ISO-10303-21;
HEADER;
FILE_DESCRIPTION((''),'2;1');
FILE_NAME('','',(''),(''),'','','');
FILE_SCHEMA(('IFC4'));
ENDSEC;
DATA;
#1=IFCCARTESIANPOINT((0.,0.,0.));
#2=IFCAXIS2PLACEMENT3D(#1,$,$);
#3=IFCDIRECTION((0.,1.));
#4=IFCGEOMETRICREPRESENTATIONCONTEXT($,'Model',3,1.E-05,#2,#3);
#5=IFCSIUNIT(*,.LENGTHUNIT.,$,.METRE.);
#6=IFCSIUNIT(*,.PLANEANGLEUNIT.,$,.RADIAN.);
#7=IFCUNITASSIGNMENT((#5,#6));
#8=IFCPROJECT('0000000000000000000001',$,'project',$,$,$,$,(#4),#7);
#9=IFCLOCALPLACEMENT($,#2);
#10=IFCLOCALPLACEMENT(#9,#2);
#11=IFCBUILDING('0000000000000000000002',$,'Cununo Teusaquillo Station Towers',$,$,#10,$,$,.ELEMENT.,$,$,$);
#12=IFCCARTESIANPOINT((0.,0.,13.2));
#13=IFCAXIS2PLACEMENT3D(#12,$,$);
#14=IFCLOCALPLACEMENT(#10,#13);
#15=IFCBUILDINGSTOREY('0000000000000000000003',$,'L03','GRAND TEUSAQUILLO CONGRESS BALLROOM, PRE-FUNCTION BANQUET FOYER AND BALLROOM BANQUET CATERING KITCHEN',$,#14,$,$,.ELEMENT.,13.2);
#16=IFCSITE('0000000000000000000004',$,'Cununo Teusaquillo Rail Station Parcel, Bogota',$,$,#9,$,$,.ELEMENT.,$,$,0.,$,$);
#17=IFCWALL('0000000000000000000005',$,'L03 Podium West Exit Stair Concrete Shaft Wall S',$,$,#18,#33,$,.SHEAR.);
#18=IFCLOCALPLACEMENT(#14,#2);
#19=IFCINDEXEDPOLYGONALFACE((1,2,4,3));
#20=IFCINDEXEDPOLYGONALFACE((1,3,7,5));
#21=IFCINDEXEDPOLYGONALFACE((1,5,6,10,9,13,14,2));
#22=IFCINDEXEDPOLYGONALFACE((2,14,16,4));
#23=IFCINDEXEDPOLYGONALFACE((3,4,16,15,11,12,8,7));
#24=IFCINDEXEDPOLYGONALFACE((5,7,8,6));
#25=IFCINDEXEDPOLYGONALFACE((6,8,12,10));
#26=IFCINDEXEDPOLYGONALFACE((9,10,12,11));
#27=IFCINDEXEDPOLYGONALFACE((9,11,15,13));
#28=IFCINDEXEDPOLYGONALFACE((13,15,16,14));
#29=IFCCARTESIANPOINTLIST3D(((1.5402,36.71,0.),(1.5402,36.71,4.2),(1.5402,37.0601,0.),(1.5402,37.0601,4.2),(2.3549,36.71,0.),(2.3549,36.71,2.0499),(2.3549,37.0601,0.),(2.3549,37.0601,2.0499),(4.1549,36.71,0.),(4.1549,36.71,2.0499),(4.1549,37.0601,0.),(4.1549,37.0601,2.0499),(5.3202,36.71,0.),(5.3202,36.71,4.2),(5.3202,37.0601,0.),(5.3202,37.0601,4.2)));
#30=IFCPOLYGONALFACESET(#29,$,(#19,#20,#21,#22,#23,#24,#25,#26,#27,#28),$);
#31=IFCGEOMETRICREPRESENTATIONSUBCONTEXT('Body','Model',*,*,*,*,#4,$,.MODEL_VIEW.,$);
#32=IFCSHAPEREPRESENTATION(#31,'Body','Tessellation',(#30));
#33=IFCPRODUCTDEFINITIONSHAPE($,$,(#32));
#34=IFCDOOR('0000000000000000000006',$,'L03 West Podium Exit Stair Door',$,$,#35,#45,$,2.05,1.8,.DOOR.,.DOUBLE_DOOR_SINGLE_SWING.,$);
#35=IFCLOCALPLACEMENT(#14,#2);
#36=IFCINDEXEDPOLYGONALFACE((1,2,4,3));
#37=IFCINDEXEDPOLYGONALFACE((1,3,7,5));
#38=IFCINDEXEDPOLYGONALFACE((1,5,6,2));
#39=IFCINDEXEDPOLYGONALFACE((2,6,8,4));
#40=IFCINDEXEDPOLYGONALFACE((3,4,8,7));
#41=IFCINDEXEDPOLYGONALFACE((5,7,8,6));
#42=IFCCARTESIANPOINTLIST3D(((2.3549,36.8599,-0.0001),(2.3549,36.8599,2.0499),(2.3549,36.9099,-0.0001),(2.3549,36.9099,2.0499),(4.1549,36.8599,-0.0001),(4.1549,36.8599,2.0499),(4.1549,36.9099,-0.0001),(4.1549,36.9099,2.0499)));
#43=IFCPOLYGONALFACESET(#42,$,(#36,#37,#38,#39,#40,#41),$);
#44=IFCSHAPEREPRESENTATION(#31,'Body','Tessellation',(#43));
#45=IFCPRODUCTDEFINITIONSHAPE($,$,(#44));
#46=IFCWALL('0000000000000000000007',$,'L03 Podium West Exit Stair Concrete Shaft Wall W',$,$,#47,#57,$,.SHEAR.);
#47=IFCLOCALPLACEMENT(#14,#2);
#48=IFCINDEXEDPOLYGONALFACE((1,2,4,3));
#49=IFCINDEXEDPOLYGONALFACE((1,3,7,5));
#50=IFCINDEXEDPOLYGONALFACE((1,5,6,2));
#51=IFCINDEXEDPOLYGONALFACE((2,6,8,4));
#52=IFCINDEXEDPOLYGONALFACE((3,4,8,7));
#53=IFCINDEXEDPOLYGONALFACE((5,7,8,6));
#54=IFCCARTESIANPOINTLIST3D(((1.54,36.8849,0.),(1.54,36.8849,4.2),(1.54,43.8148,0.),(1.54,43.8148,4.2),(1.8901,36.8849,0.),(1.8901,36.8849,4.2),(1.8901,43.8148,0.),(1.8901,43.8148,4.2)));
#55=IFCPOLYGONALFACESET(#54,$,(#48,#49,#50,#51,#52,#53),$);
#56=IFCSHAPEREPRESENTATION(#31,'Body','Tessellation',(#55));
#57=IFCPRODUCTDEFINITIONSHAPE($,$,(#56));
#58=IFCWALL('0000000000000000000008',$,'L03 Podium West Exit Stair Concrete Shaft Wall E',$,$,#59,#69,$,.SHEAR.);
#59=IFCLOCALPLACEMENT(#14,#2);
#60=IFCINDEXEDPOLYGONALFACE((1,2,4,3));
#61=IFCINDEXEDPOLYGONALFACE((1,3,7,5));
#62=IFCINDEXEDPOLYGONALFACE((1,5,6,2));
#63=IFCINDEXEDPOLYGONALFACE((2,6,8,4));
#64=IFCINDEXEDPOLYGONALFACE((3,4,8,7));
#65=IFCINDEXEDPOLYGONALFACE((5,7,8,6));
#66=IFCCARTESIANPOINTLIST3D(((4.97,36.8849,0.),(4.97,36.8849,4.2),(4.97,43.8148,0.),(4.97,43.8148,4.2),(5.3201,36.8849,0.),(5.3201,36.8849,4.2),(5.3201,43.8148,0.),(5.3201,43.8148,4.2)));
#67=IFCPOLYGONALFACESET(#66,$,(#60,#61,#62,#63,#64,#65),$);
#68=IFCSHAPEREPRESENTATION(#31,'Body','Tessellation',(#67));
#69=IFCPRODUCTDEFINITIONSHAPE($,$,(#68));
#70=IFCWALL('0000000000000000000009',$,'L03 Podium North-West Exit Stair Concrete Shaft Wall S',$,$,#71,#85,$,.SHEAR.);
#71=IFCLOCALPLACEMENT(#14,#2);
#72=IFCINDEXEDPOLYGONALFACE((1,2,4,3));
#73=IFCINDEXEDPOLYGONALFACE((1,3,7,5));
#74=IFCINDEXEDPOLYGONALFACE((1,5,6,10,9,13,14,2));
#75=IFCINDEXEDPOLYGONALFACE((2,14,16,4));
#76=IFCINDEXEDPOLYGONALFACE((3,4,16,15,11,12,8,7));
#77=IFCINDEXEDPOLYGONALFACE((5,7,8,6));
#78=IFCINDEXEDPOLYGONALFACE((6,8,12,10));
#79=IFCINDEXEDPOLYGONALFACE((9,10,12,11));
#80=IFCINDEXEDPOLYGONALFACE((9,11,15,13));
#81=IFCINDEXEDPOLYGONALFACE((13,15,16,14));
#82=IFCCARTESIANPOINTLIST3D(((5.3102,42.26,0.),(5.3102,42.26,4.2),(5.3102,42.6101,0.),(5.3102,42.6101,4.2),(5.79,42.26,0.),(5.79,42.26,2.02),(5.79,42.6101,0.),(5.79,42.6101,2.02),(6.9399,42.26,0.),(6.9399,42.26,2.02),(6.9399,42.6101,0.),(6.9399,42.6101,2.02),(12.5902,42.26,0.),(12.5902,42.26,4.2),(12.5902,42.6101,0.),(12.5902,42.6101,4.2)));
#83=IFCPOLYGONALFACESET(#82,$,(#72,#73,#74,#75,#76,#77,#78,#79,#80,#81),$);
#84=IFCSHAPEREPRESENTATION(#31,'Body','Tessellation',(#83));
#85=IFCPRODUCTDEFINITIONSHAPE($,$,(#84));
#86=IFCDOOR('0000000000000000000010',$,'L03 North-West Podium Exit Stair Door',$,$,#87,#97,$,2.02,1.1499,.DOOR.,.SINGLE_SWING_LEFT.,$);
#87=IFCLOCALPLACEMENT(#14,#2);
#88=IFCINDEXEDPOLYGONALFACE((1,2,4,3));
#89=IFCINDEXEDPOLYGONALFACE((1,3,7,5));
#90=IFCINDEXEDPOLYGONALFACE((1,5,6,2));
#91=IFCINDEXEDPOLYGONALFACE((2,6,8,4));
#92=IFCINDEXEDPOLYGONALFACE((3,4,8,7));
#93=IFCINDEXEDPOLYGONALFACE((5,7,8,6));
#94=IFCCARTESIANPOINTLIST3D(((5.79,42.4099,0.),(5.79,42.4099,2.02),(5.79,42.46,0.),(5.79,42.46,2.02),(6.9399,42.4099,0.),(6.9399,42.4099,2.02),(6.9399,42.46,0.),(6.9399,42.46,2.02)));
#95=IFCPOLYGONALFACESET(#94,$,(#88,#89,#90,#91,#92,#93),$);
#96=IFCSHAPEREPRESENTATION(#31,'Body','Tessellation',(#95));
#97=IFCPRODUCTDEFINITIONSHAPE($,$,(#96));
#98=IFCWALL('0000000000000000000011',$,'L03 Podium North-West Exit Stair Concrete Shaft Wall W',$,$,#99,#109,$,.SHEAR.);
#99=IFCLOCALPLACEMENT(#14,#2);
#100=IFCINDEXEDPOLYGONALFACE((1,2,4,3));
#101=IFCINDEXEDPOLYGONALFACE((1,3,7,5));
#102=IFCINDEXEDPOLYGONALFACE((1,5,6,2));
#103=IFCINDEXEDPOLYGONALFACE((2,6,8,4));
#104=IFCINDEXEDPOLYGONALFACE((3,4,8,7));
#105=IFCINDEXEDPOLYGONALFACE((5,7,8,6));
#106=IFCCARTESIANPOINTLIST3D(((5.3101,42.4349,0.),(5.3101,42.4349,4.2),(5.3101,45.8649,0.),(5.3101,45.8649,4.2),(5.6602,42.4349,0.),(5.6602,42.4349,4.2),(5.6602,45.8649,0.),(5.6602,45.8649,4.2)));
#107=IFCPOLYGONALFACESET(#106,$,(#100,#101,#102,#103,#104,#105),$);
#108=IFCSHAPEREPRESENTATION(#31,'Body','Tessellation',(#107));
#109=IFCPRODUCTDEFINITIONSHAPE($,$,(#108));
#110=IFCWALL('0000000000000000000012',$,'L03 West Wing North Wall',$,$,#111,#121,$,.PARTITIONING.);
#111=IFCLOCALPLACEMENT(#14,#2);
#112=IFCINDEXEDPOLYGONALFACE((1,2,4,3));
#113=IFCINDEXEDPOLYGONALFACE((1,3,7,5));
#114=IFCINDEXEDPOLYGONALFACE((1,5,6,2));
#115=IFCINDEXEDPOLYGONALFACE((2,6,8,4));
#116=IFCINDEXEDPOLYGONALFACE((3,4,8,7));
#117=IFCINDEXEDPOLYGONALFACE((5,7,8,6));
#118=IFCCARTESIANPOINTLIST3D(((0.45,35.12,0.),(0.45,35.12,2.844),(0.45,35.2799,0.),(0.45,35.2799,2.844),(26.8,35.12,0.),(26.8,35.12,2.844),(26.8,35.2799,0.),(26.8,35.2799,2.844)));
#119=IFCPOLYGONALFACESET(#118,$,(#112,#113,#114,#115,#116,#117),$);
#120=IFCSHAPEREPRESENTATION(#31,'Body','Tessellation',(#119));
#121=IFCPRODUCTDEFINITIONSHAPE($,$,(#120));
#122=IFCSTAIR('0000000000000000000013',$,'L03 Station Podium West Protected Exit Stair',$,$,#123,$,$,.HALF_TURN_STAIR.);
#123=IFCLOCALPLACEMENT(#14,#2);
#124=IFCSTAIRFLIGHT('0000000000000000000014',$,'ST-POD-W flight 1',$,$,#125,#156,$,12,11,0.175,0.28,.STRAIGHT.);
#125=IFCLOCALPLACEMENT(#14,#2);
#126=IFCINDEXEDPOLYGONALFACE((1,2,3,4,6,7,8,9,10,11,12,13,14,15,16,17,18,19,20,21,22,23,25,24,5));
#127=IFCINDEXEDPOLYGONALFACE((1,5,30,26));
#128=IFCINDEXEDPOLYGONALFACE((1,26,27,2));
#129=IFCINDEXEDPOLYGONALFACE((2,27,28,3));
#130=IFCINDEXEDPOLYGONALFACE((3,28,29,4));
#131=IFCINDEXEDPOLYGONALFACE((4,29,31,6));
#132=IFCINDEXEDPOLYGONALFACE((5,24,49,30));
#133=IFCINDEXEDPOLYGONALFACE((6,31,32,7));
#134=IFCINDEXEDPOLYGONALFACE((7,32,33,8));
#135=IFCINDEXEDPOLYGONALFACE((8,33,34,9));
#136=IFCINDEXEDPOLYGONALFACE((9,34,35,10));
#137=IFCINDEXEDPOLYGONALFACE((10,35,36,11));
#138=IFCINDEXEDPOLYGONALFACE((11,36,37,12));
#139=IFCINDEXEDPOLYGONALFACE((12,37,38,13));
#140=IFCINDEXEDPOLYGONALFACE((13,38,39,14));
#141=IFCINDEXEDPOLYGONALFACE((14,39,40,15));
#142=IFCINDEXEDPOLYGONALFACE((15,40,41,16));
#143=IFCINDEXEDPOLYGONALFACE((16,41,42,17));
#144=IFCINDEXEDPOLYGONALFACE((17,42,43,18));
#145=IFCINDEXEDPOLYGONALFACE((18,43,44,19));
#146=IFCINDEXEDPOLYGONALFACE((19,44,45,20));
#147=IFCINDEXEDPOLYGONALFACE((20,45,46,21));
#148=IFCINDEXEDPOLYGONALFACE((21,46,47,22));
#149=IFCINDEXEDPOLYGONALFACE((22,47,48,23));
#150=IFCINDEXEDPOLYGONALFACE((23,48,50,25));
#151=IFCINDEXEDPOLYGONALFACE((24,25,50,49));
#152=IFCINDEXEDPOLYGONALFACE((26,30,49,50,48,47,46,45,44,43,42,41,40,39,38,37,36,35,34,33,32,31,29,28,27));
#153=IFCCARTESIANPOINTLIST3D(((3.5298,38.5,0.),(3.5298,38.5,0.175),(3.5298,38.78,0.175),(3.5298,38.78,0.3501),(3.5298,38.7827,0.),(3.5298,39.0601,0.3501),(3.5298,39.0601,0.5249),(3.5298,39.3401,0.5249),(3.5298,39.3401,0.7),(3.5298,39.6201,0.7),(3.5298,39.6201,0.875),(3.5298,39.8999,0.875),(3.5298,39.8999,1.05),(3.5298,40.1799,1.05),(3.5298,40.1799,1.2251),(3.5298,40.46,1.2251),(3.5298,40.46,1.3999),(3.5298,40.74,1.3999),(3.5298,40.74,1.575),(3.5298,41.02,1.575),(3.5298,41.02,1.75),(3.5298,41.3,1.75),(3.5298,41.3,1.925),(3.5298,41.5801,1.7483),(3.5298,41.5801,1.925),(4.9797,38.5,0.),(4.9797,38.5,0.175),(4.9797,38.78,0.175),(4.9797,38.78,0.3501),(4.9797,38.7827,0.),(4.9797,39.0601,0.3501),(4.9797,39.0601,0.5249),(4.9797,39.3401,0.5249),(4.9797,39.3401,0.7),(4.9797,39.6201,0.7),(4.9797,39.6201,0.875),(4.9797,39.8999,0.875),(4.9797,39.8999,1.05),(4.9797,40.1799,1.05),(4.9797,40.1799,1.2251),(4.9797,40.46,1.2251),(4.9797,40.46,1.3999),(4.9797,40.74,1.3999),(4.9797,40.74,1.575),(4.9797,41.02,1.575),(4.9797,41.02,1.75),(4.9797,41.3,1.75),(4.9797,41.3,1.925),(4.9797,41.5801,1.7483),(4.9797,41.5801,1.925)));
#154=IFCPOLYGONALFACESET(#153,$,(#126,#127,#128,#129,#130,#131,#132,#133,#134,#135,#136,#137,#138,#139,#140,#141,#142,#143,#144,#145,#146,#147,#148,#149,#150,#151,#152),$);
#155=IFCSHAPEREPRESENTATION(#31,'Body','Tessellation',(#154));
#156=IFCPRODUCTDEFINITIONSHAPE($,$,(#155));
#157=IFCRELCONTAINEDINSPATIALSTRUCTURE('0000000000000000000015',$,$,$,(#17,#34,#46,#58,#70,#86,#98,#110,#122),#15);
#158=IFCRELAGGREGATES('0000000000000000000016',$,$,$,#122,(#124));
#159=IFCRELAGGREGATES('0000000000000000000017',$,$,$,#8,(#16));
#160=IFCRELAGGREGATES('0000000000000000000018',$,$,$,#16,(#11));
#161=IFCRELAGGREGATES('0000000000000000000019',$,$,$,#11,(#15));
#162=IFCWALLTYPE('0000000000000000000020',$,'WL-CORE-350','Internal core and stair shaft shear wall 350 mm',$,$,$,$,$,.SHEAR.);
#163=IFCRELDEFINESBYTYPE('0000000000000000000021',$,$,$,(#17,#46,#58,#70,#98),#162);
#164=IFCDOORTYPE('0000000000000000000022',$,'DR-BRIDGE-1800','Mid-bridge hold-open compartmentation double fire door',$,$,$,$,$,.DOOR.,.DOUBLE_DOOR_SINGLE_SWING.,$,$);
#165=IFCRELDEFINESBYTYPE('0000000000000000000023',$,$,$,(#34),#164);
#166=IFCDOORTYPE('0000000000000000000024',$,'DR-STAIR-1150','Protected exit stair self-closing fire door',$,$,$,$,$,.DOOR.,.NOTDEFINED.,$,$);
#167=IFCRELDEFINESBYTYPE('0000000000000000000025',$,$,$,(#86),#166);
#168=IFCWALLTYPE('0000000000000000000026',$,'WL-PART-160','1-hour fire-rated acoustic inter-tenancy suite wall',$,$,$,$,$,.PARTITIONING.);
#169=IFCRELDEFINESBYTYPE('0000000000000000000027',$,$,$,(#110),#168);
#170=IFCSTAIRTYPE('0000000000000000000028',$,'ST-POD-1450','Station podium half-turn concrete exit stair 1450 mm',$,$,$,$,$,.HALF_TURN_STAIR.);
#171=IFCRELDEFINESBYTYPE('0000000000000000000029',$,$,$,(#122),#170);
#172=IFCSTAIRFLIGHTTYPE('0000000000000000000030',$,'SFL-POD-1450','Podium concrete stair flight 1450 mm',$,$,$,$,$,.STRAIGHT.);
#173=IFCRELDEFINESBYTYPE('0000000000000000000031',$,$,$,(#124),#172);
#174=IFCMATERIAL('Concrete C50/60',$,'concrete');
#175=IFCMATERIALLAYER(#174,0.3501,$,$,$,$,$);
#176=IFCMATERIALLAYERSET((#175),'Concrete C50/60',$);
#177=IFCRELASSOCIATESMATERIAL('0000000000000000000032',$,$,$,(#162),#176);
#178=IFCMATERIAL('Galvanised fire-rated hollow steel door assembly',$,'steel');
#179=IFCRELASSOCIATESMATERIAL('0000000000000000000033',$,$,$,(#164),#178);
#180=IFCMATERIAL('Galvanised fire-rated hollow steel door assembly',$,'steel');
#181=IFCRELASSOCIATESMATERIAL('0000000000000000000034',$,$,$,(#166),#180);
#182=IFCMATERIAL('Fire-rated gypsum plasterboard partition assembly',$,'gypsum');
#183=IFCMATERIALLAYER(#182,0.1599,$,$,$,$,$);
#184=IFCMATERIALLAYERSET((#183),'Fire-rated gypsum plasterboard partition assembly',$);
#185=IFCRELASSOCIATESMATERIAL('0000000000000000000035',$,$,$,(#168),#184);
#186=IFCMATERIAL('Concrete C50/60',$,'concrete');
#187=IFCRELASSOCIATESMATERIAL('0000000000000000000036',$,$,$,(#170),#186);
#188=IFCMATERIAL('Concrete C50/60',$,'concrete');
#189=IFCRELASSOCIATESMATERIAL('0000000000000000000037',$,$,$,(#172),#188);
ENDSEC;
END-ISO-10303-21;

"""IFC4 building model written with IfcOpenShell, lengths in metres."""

from ifc_helpers import new_model, si_unit, direction, frame, frame_2d, origin, place, context, subcontext, project, spatial, polyline, rectangle, outline, extrude, source, transform, mapped, material, layer, layer_set, type_object, element, fill, aggregate, save


model = new_model("IFC4")

# Units and contexts
model_context = context("Model", 3, precision=1e-05, world=origin(), true_north=direction((0.0, 1.0)))
body_context = subcontext(model_context, "Body", "Model", "MODEL_VIEW")
ifc_project = project(units=[si_unit("LENGTHUNIT", "METRE"), si_unit("PLANEANGLEUNIT", "RADIAN")], contexts=[model_context])

# Site, building, storey
site_placement = place(None, origin())
site = spatial("IfcSite", under=ifc_project, at=site_placement, Name="Cununo Teusaquillo Rail Station Parcel, Bogota", CompositionType="ELEMENT", RefElevation=0.0)
building_placement = place(site_placement, origin())
building = spatial("IfcBuilding", under=site, at=building_placement, Name="Cununo Teusaquillo Station Towers", CompositionType="ELEMENT")
storey_placement = place(building_placement, frame((0.0, 0.0, 13.2)))
storey = spatial("IfcBuildingStorey", under=building, at=storey_placement, Name="L03", Description="GRAND TEUSAQUILLO CONGRESS BALLROOM, PRE-FUNCTION BANQUET FOYER AND BALLROOM BANQUET CATERING KITCHEN", CompositionType="ELEMENT", Elevation=13.2)

# Wall, opening, door
ifc_material_1 = material(Name="Concrete C50/60", Category="concrete")
ifc_layer_1 = layer(ifc_material_1, 0.3501)
ifc_layer_set_1 = layer_set([ifc_layer_1], Name="Concrete C50/60")
wall_type_1 = type_object("IfcWallType", Name="WL-CORE-350", Description="Internal core and stair shaft shear wall 350 mm", PredefinedType="SHEAR", material=ifc_layer_set_1)
wall_1_placement = place(storey_placement, frame((1.54, 36.885, 0.0), z_axis=(0.0, 0.0, 1.0), x_axis=(1.0, 0.0, 0.0)))
wall_1 = element("IfcWall", 1, at=wall_1_placement, inside=storey, type_object=wall_type_1, Name="L03 Podium West Exit Stair Concrete Shaft Wall S", PredefinedType="SHEAR", context=body_context, shape_type="SweptSolid", body=[
    extrude(rectangle(XDim=3.78, YDim=0.3501, at=frame_2d((1.8901, 0.0))), origin(), (0.0, 0.0, 1.0), 4.2),
])
shared_shape_1 = source(origin(), body_context, "Body", "SweptSolid", [
    extrude(rectangle(XDim=1.8, YDim=2.05, at=frame_2d((0.8999, 1.0249))), frame((0.0, 0.1851, 0.0), z_axis=(0.0, -1.0, 0.0), x_axis=(1.0, 0.0, 0.0)), (0.0, 0.0, 1.0), 0.3701),
])
opening_1_placement = place(wall_1_placement, frame((0.8149, 0.0, 0.0)))
opening_1 = element("IfcOpeningElement", 2, at=opening_1_placement, cuts=wall_1, PredefinedType="OPENING", context=body_context, shape_type="MappedRepresentation", body=[
    mapped(shared_shape_1, transform((0.0, 0.0, 0.0), x_axis=(1.0, 0.0, 0.0), y_axis=(0.0, 1.0, 0.0), z_axis=(0.0, 0.0, 1.0), scale=1.0)),
])
ifc_material_2 = material(Name="Galvanised fire-rated hollow steel door assembly", Category="steel")
door_type_1 = type_object("IfcDoorType", Name="DR-BRIDGE-1800", Description="Mid-bridge hold-open compartmentation double fire door", OperationType="DOUBLE_DOOR_SINGLE_SWING", PredefinedType="DOOR", material=ifc_material_2)
shared_shape_2 = source(origin(), body_context, "Body", "SweptSolid", [
    extrude(rectangle(XDim=1.8, YDim=2.05, at=frame_2d((0.8999, 1.0249))), frame((0.0, 0.0249, 0.0), z_axis=(0.0, -1.0, 0.0), x_axis=(1.0, 0.0, 0.0)), (0.0, 0.0, 1.0), 0.05),
])
door_1_placement = place(opening_1_placement, origin())
door_1 = element("IfcDoor", 3, at=door_1_placement, inside=storey, type_object=door_type_1, Name="L03 West Podium Exit Stair Door", OperationType="DOUBLE_DOOR_SINGLE_SWING", OverallHeight=2.05, OverallWidth=1.8, PredefinedType="DOOR", context=body_context, shape_type="MappedRepresentation", body=[
    mapped(shared_shape_2, transform((0.0, 0.0, 0.0), x_axis=(1.0, 0.0, 0.0), y_axis=(0.0, 1.0, 0.0), z_axis=(0.0, 0.0, 1.0), scale=1.0)),
])
fill(opening_1, door_1)

# Walls
for number, where, z_axis, x_axis, name in (
    (4, (1.7151, 36.885, 0.0), (0.0, 0.0, 1.0), (0.0, 1.0, 0.0), "L03 Podium West Exit Stair Concrete Shaft Wall W"),
    (5, (5.145, 36.885, 0.0), (0.0, 0.0, 1.0), (0.0, 1.0, 0.0), "L03 Podium West Exit Stair Concrete Shaft Wall E"),
):
    element("IfcWall", number, at=place(storey_placement, frame(where, z_axis=z_axis, x_axis=x_axis)), inside=storey, type_object=wall_type_1, Name=name, PredefinedType="SHEAR", context=body_context, shape_type="SweptSolid", body=[
        extrude(rectangle(XDim=6.9299, YDim=0.3501, at=frame_2d((3.4648, 0.0))), origin(), (0.0, 0.0, 1.0), 4.2),
    ])

# Wall, opening, door
wall_2_placement = place(storey_placement, frame((5.3101, 42.4351, 0.0), z_axis=(0.0, 0.0, 1.0), x_axis=(1.0, 0.0, 0.0)))
wall_2 = element("IfcWall", 6, at=wall_2_placement, inside=storey, type_object=wall_type_1, Name="L03 Podium North-West Exit Stair Concrete Shaft Wall S", PredefinedType="SHEAR", context=body_context, shape_type="SweptSolid", body=[
    extrude(rectangle(XDim=7.28, YDim=0.3501, at=frame_2d((3.6401, 0.0))), origin(), (0.0, 0.0, 1.0), 4.2),
])
shared_shape_3 = source(origin(), body_context, "Body", "SweptSolid", [
    extrude(rectangle(XDim=1.1499, YDim=2.02, at=frame_2d((0.575, 1.01))), frame((0.0, 0.1851, 0.0), z_axis=(0.0, -1.0, 0.0), x_axis=(1.0, 0.0, 0.0)), (0.0, 0.0, 1.0), 0.3701),
])
opening_2_placement = place(wall_2_placement, frame((0.48, 0.0, 0.0)))
opening_2 = element("IfcOpeningElement", 7, at=opening_2_placement, cuts=wall_2, PredefinedType="OPENING", context=body_context, shape_type="MappedRepresentation", body=[
    mapped(shared_shape_3, transform((0.0, 0.0, 0.0), x_axis=(1.0, 0.0, 0.0), y_axis=(0.0, 1.0, 0.0), z_axis=(0.0, 0.0, 1.0), scale=1.0)),
])
ifc_material_3 = material(Name="Galvanised fire-rated hollow steel door assembly", Category="steel")
door_type_2 = type_object("IfcDoorType", Name="DR-STAIR-1150", Description="Protected exit stair self-closing fire door", OperationType="NOTDEFINED", PredefinedType="DOOR", material=ifc_material_3)
shared_shape_4 = source(origin(), body_context, "Body", "SweptSolid", [
    extrude(rectangle(XDim=1.1499, YDim=2.02, at=frame_2d((0.575, 1.01))), frame((0.0, 0.0249, 0.0), z_axis=(0.0, -1.0, 0.0), x_axis=(1.0, 0.0, 0.0)), (0.0, 0.0, 1.0), 0.05),
])
door_2_placement = place(opening_2_placement, origin())
door_2 = element("IfcDoor", 8, at=door_2_placement, inside=storey, type_object=door_type_2, Name="L03 North-West Podium Exit Stair Door", OperationType="SINGLE_SWING_LEFT", OverallHeight=2.02, OverallWidth=1.1499, PredefinedType="DOOR", context=body_context, shape_type="MappedRepresentation", body=[
    mapped(shared_shape_4, transform((0.0, 0.0, 0.0), x_axis=(1.0, 0.0, 0.0), y_axis=(0.0, 1.0, 0.0), z_axis=(0.0, 0.0, 1.0), scale=1.0)),
])
fill(opening_2, door_2)

# Walls
wall_3_placement = place(storey_placement, frame((5.4851, 42.4351, 0.0), z_axis=(0.0, 0.0, 1.0), x_axis=(0.0, 1.0, 0.0)))
element("IfcWall", 9, at=wall_3_placement, inside=storey, type_object=wall_type_1, Name="L03 Podium North-West Exit Stair Concrete Shaft Wall W", PredefinedType="SHEAR", context=body_context, shape_type="SweptSolid", body=[
    extrude(rectangle(XDim=3.4299, YDim=0.3501, at=frame_2d((1.7148, 0.0))), origin(), (0.0, 0.0, 1.0), 4.2),
])
ifc_material_4 = material(Name="Fire-rated gypsum plasterboard partition assembly", Category="gypsum")
ifc_layer_2 = layer(ifc_material_4, 0.1599)
ifc_layer_set_2 = layer_set([ifc_layer_2], Name="Fire-rated gypsum plasterboard partition assembly")
wall_type_2 = type_object("IfcWallType", Name="WL-PART-160", Description="1-hour fire-rated acoustic inter-tenancy suite wall", PredefinedType="PARTITIONING", material=ifc_layer_set_2)
wall_4_placement = place(storey_placement, frame((0.45, 35.2, 0.0), z_axis=(0.0, 0.0, 1.0), x_axis=(1.0, 0.0, 0.0)))
element("IfcWall", 10, at=wall_4_placement, inside=storey, type_object=wall_type_2, Name="L03 West Wing North Wall", PredefinedType="PARTITIONING", context=body_context, shape_type="SweptSolid", body=[
    extrude(rectangle(XDim=26.3501, YDim=0.1599, at=frame_2d((13.175, 0.0))), origin(), (0.0, 0.0, 1.0), 2.844),
])

# Stair, stair flight
ifc_material_5 = material(Name="Concrete C50/60", Category="concrete")
stair_type = type_object("IfcStairType", Name="ST-POD-1450", Description="Station podium half-turn concrete exit stair 1450 mm", PredefinedType="HALF_TURN_STAIR", material=ifc_material_5)
stair_1_placement = place(storey_placement, origin())
stair_1 = element("IfcStair", 11, at=stair_1_placement, inside=storey, type_object=stair_type, Name="L03 Station Podium West Protected Exit Stair", PredefinedType="HALF_TURN_STAIR")
ifc_material_6 = material(Name="Concrete C50/60", Category="concrete")
stair_flight_type = type_object("IfcStairFlightType", Name="SFL-POD-1450", Description="Podium concrete stair flight 1450 mm", PredefinedType="STRAIGHT", material=ifc_material_6)
stair_flight_1_placement = place(storey_placement, frame((4.2549, 38.5, 0.0), z_axis=(0.0, 0.0, 1.0), x_axis=(0.0, 1.0, 0.0)))
stair_flight_1 = element("IfcStairFlight", 12, at=stair_flight_1_placement, type_object=stair_flight_type, Name="ST-POD-W flight 1", NumberOfRisers=12, NumberOfTreads=11, PredefinedType="STRAIGHT", RiserHeight=0.175, TreadLength=0.28, context=body_context, shape_type="SweptSolid", body=[
    extrude(outline(polyline([(0.0, 0.0), (0.0, 0.175), (0.28, 0.175), (0.28, 0.3501), (0.5601, 0.3501), (0.5601, 0.5249), (0.8401, 0.5249), (0.8401, 0.7), (1.1201, 0.7), (1.1201, 0.875), (1.3999, 0.875), (1.3999, 1.05), (1.6799, 1.05), (1.6799, 1.2251), (1.96, 1.2251), (1.96, 1.3999), (2.24, 1.3999), (2.24, 1.575), (2.52, 1.575), (2.52, 1.75), (2.8, 1.75), (2.8, 1.925), (3.0801, 1.925), (3.0801, 2.1001), (3.0801, 1.7483), (0.2827, 0.0), (0.0, 0.0)])), frame((0.0, 0.7251, 0.0), z_axis=(0.0, -1.0, 0.0), x_axis=(1.0, 0.0, 0.0)), (0.0, 0.0, 1.0), 1.45),
])
aggregate(stair_1, [stair_flight_1])

save(model, "model.ifc")
